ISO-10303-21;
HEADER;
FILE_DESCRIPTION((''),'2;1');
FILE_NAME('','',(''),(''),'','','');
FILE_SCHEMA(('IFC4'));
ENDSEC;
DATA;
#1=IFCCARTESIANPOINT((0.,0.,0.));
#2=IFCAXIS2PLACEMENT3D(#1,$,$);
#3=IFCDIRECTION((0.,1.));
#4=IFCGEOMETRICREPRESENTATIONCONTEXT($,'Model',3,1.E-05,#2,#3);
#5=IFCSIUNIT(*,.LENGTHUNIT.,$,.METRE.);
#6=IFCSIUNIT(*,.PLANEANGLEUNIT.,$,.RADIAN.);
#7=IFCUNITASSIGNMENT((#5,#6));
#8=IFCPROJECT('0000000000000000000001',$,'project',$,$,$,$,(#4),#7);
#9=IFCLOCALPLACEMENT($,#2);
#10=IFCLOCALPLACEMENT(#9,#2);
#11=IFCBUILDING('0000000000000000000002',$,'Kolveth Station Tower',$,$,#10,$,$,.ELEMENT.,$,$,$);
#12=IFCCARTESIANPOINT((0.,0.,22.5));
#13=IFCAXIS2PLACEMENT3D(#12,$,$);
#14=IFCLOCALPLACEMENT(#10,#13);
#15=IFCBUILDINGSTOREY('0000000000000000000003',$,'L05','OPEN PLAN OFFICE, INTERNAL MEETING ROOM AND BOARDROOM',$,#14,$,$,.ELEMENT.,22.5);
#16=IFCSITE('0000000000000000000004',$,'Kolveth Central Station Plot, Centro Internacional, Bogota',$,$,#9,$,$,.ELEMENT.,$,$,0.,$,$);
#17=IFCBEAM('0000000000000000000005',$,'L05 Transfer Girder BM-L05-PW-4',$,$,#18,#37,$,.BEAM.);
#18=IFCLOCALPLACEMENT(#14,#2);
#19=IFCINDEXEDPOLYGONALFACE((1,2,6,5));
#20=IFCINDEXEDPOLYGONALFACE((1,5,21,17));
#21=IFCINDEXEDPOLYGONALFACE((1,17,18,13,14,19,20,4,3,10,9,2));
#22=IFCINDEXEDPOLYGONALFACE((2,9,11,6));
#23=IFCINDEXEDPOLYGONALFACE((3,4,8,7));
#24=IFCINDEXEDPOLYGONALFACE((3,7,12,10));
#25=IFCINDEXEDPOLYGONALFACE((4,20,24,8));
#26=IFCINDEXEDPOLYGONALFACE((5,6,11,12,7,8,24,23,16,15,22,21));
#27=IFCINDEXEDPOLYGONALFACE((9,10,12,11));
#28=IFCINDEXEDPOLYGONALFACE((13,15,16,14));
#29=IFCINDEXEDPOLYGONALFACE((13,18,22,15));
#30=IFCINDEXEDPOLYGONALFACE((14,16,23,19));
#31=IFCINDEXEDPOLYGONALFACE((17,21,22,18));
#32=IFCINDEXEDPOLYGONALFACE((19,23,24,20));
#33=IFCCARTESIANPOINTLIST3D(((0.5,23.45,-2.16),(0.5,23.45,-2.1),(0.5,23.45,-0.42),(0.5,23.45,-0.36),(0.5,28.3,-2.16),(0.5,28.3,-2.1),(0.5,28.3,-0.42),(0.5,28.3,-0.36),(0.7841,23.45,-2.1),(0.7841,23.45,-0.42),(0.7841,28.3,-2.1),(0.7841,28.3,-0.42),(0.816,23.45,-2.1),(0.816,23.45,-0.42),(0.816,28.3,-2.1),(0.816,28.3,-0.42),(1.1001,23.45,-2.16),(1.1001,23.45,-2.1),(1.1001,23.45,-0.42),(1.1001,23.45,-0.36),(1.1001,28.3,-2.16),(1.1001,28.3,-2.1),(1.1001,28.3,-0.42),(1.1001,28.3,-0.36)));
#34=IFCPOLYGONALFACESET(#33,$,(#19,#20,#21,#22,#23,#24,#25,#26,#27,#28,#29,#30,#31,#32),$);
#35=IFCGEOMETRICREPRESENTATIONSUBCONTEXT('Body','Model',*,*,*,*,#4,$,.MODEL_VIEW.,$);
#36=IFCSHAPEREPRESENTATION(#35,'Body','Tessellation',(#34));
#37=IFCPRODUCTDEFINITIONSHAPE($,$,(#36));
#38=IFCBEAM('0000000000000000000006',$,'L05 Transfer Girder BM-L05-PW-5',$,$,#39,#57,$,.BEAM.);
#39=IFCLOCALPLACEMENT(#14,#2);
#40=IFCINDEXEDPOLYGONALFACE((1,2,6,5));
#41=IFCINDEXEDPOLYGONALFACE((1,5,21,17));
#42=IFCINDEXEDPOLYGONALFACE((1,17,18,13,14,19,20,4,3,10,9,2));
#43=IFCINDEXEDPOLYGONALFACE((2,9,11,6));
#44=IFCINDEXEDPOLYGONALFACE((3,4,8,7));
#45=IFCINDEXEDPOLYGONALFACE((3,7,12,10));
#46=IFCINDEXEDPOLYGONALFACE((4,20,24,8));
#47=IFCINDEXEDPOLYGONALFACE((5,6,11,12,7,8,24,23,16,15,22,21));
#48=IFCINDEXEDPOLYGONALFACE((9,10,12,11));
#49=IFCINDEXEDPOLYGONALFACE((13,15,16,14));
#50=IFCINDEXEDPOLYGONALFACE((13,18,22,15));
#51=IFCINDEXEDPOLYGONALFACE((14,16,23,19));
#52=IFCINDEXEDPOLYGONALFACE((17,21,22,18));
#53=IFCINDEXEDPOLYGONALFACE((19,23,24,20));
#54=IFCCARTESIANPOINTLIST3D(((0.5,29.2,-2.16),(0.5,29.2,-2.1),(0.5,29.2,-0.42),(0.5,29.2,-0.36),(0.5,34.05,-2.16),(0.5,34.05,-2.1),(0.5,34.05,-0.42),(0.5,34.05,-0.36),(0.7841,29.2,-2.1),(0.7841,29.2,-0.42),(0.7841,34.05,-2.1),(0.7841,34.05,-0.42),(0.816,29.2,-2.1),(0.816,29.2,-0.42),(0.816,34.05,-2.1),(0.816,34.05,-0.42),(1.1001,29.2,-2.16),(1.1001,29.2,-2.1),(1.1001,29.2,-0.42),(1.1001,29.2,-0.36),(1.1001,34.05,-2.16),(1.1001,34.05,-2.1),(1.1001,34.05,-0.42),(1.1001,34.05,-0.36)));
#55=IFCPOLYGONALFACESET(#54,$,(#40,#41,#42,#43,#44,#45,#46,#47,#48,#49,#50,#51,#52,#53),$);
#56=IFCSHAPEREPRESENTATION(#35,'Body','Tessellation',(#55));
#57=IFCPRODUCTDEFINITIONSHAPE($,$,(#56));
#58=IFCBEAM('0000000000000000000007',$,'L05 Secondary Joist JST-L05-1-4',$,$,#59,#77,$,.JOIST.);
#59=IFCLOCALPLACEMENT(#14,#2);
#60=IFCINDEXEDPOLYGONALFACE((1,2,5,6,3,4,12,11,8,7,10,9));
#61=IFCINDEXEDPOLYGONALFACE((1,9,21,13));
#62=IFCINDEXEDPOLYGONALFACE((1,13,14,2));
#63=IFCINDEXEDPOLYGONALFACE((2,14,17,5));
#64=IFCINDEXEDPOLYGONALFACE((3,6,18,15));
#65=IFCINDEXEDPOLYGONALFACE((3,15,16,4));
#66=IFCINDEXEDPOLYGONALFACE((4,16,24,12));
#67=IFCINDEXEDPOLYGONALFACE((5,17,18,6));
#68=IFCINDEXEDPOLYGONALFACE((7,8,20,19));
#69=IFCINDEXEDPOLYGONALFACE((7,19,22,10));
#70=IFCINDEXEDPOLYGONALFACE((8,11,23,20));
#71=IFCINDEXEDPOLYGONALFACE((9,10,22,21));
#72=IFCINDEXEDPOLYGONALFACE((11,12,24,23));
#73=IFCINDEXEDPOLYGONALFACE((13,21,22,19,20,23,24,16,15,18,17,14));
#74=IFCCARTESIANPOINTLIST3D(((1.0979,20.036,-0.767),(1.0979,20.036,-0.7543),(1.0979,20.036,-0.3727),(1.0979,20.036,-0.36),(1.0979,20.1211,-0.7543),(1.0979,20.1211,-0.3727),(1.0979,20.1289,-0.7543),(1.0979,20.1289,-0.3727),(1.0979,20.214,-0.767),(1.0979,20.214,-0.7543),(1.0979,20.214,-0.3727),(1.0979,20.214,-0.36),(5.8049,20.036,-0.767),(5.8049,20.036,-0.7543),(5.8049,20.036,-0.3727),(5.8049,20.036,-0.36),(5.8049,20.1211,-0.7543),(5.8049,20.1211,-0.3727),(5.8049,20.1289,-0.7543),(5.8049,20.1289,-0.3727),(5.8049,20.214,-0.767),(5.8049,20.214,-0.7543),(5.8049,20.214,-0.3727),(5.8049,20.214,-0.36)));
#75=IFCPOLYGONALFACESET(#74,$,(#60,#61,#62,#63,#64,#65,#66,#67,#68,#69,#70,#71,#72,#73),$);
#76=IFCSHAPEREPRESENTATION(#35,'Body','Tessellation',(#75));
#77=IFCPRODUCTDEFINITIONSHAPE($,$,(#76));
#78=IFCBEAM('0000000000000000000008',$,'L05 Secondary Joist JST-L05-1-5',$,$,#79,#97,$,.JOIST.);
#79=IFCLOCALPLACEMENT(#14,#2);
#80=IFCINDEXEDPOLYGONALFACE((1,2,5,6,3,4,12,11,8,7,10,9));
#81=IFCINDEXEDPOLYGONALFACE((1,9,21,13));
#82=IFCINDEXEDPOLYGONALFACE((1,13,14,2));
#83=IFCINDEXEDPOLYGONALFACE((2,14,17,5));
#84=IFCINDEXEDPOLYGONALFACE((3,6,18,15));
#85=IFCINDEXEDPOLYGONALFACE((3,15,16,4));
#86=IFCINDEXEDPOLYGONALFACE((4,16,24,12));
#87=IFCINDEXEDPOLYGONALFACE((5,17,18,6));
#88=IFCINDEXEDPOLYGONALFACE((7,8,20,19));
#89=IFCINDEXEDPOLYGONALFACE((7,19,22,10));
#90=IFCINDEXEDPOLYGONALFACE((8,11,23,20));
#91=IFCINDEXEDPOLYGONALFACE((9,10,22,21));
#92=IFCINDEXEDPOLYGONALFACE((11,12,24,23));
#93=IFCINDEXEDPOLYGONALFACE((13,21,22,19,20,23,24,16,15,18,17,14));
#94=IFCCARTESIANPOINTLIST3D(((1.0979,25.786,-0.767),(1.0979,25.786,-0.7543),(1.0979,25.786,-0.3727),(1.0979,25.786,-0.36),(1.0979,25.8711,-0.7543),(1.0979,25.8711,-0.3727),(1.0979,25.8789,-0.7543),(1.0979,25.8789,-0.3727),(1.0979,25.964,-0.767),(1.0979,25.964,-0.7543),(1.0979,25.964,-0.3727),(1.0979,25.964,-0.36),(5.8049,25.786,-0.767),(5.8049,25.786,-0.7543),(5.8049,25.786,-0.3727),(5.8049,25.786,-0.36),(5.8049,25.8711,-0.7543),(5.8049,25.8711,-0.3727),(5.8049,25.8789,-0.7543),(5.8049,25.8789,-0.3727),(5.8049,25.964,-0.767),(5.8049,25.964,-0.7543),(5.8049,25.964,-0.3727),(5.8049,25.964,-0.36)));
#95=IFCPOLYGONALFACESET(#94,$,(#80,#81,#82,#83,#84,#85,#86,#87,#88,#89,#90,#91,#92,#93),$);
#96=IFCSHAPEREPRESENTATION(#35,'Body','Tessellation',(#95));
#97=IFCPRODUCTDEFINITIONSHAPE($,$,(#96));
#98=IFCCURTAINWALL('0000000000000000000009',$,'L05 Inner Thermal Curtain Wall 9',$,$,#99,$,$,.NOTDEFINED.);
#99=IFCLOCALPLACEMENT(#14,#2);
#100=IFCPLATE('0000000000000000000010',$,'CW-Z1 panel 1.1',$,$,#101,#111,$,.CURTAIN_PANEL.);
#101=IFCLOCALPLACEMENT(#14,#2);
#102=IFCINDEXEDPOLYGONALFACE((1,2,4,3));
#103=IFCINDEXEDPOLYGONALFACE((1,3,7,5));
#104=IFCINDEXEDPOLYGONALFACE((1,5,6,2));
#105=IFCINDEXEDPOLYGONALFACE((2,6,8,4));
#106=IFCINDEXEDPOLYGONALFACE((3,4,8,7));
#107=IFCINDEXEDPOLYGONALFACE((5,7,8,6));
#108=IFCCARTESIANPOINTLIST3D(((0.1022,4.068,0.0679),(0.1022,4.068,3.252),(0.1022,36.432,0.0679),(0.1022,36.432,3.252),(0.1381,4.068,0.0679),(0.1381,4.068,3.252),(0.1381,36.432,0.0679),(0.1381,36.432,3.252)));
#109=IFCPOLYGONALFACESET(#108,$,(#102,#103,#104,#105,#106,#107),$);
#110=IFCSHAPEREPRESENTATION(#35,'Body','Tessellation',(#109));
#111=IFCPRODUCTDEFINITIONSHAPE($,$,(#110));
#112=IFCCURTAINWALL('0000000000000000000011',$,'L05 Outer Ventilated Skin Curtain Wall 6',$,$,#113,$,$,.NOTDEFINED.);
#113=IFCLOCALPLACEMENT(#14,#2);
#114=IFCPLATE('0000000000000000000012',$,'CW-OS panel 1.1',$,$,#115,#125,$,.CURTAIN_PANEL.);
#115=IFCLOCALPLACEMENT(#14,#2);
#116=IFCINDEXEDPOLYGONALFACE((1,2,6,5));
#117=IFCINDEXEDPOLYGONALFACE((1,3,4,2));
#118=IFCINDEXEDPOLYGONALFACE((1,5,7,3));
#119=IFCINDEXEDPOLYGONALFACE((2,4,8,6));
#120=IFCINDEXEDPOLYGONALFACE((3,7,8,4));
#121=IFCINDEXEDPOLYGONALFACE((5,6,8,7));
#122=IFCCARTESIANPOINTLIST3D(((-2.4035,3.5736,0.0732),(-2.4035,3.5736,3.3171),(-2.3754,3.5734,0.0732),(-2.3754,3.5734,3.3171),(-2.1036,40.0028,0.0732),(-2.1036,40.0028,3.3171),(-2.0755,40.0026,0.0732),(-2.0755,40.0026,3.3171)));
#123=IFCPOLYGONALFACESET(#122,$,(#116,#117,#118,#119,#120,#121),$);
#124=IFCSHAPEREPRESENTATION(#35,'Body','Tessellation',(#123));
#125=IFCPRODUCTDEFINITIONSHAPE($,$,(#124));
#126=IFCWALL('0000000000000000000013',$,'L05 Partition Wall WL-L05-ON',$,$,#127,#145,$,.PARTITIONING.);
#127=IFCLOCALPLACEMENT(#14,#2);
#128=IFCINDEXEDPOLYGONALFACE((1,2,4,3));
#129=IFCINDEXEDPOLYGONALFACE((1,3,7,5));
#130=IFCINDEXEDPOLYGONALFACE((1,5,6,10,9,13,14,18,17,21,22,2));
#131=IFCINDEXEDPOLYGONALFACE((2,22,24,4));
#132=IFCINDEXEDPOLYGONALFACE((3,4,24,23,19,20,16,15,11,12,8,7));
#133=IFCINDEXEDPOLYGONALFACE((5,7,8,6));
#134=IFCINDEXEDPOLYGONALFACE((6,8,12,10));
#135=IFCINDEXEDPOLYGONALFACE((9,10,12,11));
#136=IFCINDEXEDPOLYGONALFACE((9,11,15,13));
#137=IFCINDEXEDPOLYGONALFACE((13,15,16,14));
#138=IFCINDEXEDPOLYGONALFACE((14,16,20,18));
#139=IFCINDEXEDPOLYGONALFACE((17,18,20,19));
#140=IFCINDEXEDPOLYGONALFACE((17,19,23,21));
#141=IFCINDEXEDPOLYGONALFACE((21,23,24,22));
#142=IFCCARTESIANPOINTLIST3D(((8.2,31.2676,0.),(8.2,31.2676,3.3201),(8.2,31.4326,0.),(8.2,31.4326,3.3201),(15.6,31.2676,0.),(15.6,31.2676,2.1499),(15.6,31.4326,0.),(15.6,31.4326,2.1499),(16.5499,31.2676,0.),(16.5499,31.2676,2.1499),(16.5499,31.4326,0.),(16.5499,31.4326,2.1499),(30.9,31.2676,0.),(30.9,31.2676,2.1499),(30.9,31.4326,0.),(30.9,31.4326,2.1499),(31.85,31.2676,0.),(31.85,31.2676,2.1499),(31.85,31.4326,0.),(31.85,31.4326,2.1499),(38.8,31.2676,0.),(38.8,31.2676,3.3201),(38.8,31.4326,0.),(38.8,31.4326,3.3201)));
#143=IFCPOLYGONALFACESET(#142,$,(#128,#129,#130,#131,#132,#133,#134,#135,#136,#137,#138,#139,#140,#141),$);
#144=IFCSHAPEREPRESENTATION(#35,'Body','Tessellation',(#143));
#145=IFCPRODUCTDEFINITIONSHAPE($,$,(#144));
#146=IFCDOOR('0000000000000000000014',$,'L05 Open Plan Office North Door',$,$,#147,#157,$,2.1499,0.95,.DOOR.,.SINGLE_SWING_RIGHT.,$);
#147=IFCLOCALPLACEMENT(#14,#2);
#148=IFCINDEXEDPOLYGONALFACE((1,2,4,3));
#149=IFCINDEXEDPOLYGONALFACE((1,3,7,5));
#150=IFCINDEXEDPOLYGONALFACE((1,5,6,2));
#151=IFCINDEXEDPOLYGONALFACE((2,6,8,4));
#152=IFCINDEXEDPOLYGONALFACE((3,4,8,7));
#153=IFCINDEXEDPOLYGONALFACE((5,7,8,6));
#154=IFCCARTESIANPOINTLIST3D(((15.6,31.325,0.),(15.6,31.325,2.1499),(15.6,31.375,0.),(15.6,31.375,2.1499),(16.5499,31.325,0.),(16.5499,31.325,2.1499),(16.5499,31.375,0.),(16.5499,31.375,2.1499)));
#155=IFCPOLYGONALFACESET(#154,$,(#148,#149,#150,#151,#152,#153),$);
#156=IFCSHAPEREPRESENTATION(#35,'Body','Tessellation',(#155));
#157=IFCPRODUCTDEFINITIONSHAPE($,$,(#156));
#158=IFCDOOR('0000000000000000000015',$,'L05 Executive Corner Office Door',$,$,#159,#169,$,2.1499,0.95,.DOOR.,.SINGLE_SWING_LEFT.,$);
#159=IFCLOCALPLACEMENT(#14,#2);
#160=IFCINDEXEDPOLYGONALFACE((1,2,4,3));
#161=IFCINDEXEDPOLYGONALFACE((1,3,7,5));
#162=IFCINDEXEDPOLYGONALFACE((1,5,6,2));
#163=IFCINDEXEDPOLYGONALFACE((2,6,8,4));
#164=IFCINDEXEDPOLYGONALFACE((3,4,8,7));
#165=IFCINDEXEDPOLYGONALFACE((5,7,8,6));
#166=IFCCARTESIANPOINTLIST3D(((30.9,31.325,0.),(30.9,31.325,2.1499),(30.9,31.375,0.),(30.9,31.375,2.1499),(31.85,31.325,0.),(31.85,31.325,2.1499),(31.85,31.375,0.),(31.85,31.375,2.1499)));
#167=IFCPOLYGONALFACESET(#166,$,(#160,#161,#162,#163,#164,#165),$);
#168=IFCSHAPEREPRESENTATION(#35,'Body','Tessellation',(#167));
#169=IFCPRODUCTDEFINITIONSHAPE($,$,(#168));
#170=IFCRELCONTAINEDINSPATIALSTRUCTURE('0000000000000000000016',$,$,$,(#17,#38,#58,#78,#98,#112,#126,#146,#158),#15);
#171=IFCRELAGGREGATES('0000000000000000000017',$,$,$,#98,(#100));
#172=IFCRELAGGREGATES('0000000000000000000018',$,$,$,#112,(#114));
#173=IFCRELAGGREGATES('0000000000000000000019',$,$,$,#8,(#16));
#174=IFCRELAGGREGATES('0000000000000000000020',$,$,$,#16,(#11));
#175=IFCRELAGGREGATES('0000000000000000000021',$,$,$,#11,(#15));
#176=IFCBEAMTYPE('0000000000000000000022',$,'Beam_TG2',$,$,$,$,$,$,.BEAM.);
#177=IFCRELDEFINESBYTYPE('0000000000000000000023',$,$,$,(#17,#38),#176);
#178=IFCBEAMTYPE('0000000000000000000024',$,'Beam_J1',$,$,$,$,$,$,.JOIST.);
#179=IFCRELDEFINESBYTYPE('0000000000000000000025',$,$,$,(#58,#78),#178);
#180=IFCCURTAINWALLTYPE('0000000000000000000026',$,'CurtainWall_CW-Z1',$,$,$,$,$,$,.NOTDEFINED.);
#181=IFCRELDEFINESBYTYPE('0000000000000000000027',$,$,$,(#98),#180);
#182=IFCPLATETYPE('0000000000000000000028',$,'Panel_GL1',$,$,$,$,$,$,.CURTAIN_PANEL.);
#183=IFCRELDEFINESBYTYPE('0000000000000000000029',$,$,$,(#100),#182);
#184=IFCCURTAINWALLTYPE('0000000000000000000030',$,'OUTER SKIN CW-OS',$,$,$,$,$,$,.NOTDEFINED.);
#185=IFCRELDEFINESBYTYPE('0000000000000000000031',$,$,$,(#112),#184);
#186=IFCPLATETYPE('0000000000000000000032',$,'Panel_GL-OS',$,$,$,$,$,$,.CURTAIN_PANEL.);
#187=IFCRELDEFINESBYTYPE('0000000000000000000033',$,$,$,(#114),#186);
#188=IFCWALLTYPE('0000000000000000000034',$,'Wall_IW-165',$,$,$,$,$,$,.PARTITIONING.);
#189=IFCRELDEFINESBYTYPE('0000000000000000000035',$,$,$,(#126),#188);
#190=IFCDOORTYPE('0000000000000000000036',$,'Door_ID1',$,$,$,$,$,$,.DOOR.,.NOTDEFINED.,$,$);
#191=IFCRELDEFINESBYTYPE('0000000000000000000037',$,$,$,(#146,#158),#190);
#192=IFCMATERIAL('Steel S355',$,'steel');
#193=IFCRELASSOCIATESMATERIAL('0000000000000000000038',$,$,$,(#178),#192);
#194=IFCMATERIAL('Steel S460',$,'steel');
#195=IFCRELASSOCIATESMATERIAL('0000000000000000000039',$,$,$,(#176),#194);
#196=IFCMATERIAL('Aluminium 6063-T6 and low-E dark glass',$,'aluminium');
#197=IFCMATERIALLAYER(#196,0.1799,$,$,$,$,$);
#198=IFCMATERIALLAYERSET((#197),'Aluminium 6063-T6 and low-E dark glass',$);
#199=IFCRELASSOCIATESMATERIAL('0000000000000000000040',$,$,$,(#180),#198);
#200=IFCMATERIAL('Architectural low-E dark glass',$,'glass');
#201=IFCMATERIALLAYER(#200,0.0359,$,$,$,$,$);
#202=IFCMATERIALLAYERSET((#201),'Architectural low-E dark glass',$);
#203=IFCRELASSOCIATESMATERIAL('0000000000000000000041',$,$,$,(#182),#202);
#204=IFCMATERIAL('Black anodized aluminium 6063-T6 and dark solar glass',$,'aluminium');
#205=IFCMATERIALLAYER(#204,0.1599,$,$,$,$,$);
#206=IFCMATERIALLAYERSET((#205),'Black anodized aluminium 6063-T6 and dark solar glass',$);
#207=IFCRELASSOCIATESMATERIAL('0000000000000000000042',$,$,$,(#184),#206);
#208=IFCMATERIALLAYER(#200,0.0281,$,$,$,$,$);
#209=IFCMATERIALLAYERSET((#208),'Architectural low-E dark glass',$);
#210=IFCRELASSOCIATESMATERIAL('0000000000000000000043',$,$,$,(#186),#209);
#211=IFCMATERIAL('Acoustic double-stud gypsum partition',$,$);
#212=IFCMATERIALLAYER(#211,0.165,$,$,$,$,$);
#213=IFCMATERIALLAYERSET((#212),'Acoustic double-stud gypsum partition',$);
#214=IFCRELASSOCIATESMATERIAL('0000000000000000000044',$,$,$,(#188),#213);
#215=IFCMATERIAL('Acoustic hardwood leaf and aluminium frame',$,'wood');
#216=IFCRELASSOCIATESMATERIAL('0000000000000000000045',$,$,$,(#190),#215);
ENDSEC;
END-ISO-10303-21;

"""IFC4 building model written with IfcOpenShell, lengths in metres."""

from ifc_helpers import new_model, si_unit, direction, frame, frame_2d, origin, origin_2d, place, context, subcontext, project, spatial, rectangle, i_section, extrude, source, transform, mapped, material, layer, layer_set, material_profile, profile_set, type_object, element, fill, aggregate, save


model = new_model("IFC4")

# Units and contexts
model_context = context("Model", 3, precision=1e-05, world=origin(), true_north=direction((0.0, 1.0)))
body_context = subcontext(model_context, "Body", "Model", "MODEL_VIEW")
ifc_project = project(units=[si_unit("LENGTHUNIT", "METRE"), si_unit("PLANEANGLEUNIT", "RADIAN")], contexts=[model_context])

# Site, building, storey
site_placement = place(None, origin())
site = spatial("IfcSite", under=ifc_project, at=site_placement, Name="Kolveth Central Station Plot, Centro Internacional, Bogota", CompositionType="ELEMENT", RefElevation=0.0)
building_placement = place(site_placement, origin())
building = spatial("IfcBuilding", under=site, at=building_placement, Name="Kolveth Station Tower", CompositionType="ELEMENT")
storey_placement = place(building_placement, frame((0.0, 0.0, 22.5)))
storey = spatial("IfcBuildingStorey", under=building, at=storey_placement, Name="L05", Description="OPEN PLAN OFFICE, INTERNAL MEETING ROOM AND BOARDROOM", CompositionType="ELEMENT", Elevation=22.5)

# Shared definitions
ifc_material_1 = material(Name="Steel S460", Category="steel")
ifc_material_2 = material(Name="Steel S355", Category="steel")

# Beams
ifc_material_profile_1 = material_profile(ifc_material_2, i_section(OverallWidth=0.178, OverallDepth=0.407, WebThickness=0.0078, FlangeThickness=0.0127, at=origin_2d()), Name="W410x60")
ifc_profile_set_1 = profile_set([ifc_material_profile_1], Name="Steel S355")
beam_type_1 = type_object("IfcBeamType", Name="Beam_J1", PredefinedType="JOIST", material=ifc_profile_set_1)
ifc_material_profile_2 = material_profile(ifc_material_1, i_section(OverallWidth=0.6001, OverallDepth=1.8, WebThickness=0.032, FlangeThickness=0.0601, at=origin_2d()), Name="PG1800x600x60")
ifc_profile_set_2 = profile_set([ifc_material_profile_2], Name="Steel S460")
beam_type_2 = type_object("IfcBeamType", Name="Beam_TG2", PredefinedType="BEAM", material=ifc_profile_set_2)
shared_shape_1 = source(origin(), body_context, "Body", "SweptSolid", [
    extrude(i_section(OverallWidth=0.6001, OverallDepth=1.8, WebThickness=0.032, FlangeThickness=0.0601, at=origin_2d()), origin(), (0.0, 0.0, 1.0), 4.8501),
])
for number, where, z_axis, x_axis, name in (
    (1, (0.8, 23.45, -1.26), (0.0, 1.0, 0.0), (-1.0, 0.0, 0.0), "L05 Transfer Girder BM-L05-PW-4"),
    (2, (0.8, 29.2, -1.26), (0.0, 1.0, 0.0), (-1.0, 0.0, 0.0), "L05 Transfer Girder BM-L05-PW-5"),
):
    element("IfcBeam", number, at=place(storey_placement, frame(where, z_axis=z_axis, x_axis=x_axis)), inside=storey, type_object=beam_type_2, Name=name, PredefinedType="BEAM", context=body_context, shape_type="MappedRepresentation", body=[
        mapped(shared_shape_1, transform((0.0, 0.0, 0.0), x_axis=(1.0, 0.0, 0.0), y_axis=(0.0, 1.0, 0.0), z_axis=(0.0, 0.0, 1.0), scale=1.0)),
    ])
shared_shape_2 = source(origin(), body_context, "Body", "SweptSolid", [
    extrude(i_section(OverallWidth=0.178, OverallDepth=0.407, WebThickness=0.0078, FlangeThickness=0.0127, at=origin_2d()), origin(), (0.0, 0.0, 1.0), 4.707),
])
for number, where, z_axis, x_axis, name in (
    (3, (1.0979, 20.125, -0.5635), (1.0, 0.0, 0.0), (0.0, 1.0, 0.0), "L05 Secondary Joist JST-L05-1-4"),
    (4, (1.0979, 25.875, -0.5635), (1.0, 0.0, 0.0), (0.0, 1.0, 0.0), "L05 Secondary Joist JST-L05-1-5"),
):
    element("IfcBeam", number, at=place(storey_placement, frame(where, z_axis=z_axis, x_axis=x_axis)), inside=storey, type_object=beam_type_1, Name=name, PredefinedType="JOIST", context=body_context, shape_type="MappedRepresentation", body=[
        mapped(shared_shape_2, transform((0.0, 0.0, 0.0), x_axis=(1.0, 0.0, 0.0), y_axis=(0.0, 1.0, 0.0), z_axis=(0.0, 0.0, 1.0), scale=1.0)),
    ])

# Curtain walls, plates
ifc_material_3 = material(Name="Aluminium 6063-T6 and low-E dark glass", Category="aluminium")
ifc_layer_1 = layer(ifc_material_3, 0.1799)
ifc_layer_set_1 = layer_set([ifc_layer_1], Name="Aluminium 6063-T6 and low-E dark glass")
curtain_wall_type_1 = type_object("IfcCurtainWallType", Name="CurtainWall_CW-Z1", PredefinedType="NOTDEFINED", material=ifc_layer_set_1)
curtain_wall_1_placement = place(storey_placement, origin())
curtain_wall_1 = element("IfcCurtainWall", 5, at=curtain_wall_1_placement, inside=storey, type_object=curtain_wall_type_1, Name="L05 Inner Thermal Curtain Wall 9", PredefinedType="NOTDEFINED")
ifc_material_4 = material(Name="Architectural low-E dark glass", Category="glass")
ifc_layer_2 = layer(ifc_material_4, 0.0359)
ifc_layer_set_2 = layer_set([ifc_layer_2], Name="Architectural low-E dark glass")
plate_type_1 = type_object("IfcPlateType", Name="Panel_GL1", PredefinedType="CURTAIN_PANEL", material=ifc_layer_set_2)
shared_shape_3 = source(origin(), body_context, "Body", "SweptSolid", [
    extrude(rectangle(XDim=32.364, YDim=0.0359, at=origin_2d()), origin(), (0.0, 0.0, 1.0), 3.1841),
])
plate_1_placement = place(storey_placement, frame((0.1201, 20.25, 0.0679), z_axis=(0.0, 0.0, 1.0), x_axis=(0.0, -1.0, 0.0)))
plate_1 = element("IfcPlate", 6, at=plate_1_placement, type_object=plate_type_1, Name="CW-Z1 panel 1.1", PredefinedType="CURTAIN_PANEL", context=body_context, shape_type="MappedRepresentation", body=[
    mapped(shared_shape_3, transform((0.0, 0.0, 0.0), x_axis=(1.0, 0.0, 0.0), y_axis=(0.0, 1.0, 0.0), z_axis=(0.0, 0.0, 1.0), scale=1.0)),
])
aggregate(curtain_wall_1, [plate_1])
ifc_material_5 = material(Name="Black anodized aluminium 6063-T6 and dark solar glass", Category="aluminium")
ifc_layer_3 = layer(ifc_material_5, 0.1599)
ifc_layer_set_3 = layer_set([ifc_layer_3], Name="Black anodized aluminium 6063-T6 and dark solar glass")
curtain_wall_type_2 = type_object("IfcCurtainWallType", Name="OUTER SKIN CW-OS", PredefinedType="NOTDEFINED", material=ifc_layer_set_3)
curtain_wall_2_placement = place(storey_placement, origin())
curtain_wall_2 = element("IfcCurtainWall", 7, at=curtain_wall_2_placement, inside=storey, type_object=curtain_wall_type_2, Name="L05 Outer Ventilated Skin Curtain Wall 6", PredefinedType="NOTDEFINED")
ifc_layer_4 = layer(ifc_material_4, 0.0281)
ifc_layer_set_4 = layer_set([ifc_layer_4], Name="Architectural low-E dark glass")
plate_type_2 = type_object("IfcPlateType", Name="Panel_GL-OS", PredefinedType="CURTAIN_PANEL", material=ifc_layer_set_4)
shared_shape_4 = source(origin(), body_context, "Body", "SweptSolid", [
    extrude(rectangle(XDim=36.4304, YDim=0.0281, at=origin_2d()), origin(), (0.0, 0.0, 1.0), 3.2439),
])
plate_2_placement = place(storey_placement, frame((-2.2395, 21.7881, 0.0732), z_axis=(0.0, 0.0, 1.0), x_axis=(-0.008233, -0.999966, 0.0)))
plate_2 = element("IfcPlate", 8, at=plate_2_placement, type_object=plate_type_2, Name="CW-OS panel 1.1", PredefinedType="CURTAIN_PANEL", context=body_context, shape_type="MappedRepresentation", body=[
    mapped(shared_shape_4, transform((0.0, 0.0, 0.0), x_axis=(1.0, 0.0, 0.0), y_axis=(0.0, 1.0, 0.0), z_axis=(0.0, 0.0, 1.0), scale=1.0)),
])
aggregate(curtain_wall_2, [plate_2])

# Wall, openings, doors
ifc_material_6 = material(Name="Acoustic double-stud gypsum partition")
ifc_layer_5 = layer(ifc_material_6, 0.165)
ifc_layer_set_5 = layer_set([ifc_layer_5], Name="Acoustic double-stud gypsum partition")
wall_type = type_object("IfcWallType", Name="Wall_IW-165", PredefinedType="PARTITIONING", material=ifc_layer_set_5)
wall_1_placement = place(storey_placement, frame((8.2, 31.3501, 0.0), z_axis=(0.0, 0.0, 1.0), x_axis=(1.0, 0.0, 0.0)))
wall_1 = element("IfcWall", 9, at=wall_1_placement, inside=storey, type_object=wall_type, Name="L05 Partition Wall WL-L05-ON", PredefinedType="PARTITIONING", context=body_context, shape_type="SweptSolid", body=[
    extrude(rectangle(XDim=30.6001, YDim=0.165, at=frame_2d((15.3, 0.0))), origin(), (0.0, 0.0, 1.0), 3.3201),
])
opening_1_placement = place(wall_1_placement, frame((7.3999, 0.0, 0.0)))
opening_1 = element("IfcOpeningElement", 10, at=opening_1_placement, cuts=wall_1, PredefinedType="OPENING", context=body_context, shape_type="SweptSolid", body=[
    extrude(rectangle(XDim=0.95, YDim=2.1499, at=frame_2d((0.4751, 1.075))), frame((0.0, 0.0925, 0.0), z_axis=(0.0, -1.0, 0.0), x_axis=(1.0, 0.0, 0.0)), (0.0, 0.0, 1.0), 0.1851),
])
opening_2_placement = place(wall_1_placement, frame((22.7, 0.0, 0.0)))
opening_2 = element("IfcOpeningElement", 11, at=opening_2_placement, cuts=wall_1, PredefinedType="OPENING", context=body_context, shape_type="SweptSolid", body=[
    extrude(rectangle(XDim=0.95, YDim=2.1499, at=frame_2d((0.4751, 1.075))), frame((0.0, 0.0925, 0.0), z_axis=(0.0, -1.0, 0.0), x_axis=(1.0, 0.0, 0.0)), (0.0, 0.0, 1.0), 0.1851),
])
ifc_material_7 = material(Name="Acoustic hardwood leaf and aluminium frame", Category="wood")
door_type = type_object("IfcDoorType", Name="Door_ID1", OperationType="NOTDEFINED", PredefinedType="DOOR", material=ifc_material_7)
door_1_placement = place(opening_1_placement, origin())
door_1 = element("IfcDoor", 12, at=door_1_placement, inside=storey, type_object=door_type, Name="L05 Open Plan Office North Door", OperationType="SINGLE_SWING_RIGHT", OverallHeight=2.1499, OverallWidth=0.95, PredefinedType="DOOR", context=body_context, shape_type="SweptSolid", body=[
    extrude(rectangle(XDim=0.95, YDim=2.1499, at=frame_2d((0.4751, 1.075))), frame((0.0, 0.0249, 0.0), z_axis=(0.0, -1.0, 0.0), x_axis=(1.0, 0.0, 0.0)), (0.0, 0.0, 1.0), 0.05),
])
fill(opening_1, door_1)
door_2_placement = place(opening_2_placement, origin())
door_2 = element("IfcDoor", 13, at=door_2_placement, inside=storey, type_object=door_type, Name="L05 Executive Corner Office Door", OperationType="SINGLE_SWING_LEFT", OverallHeight=2.1499, OverallWidth=0.95, PredefinedType="DOOR", context=body_context, shape_type="SweptSolid", body=[
    extrude(rectangle(XDim=0.95, YDim=2.1499, at=frame_2d((0.4751, 1.075))), frame((0.0, 0.0249, 0.0), z_axis=(0.0, -1.0, 0.0), x_axis=(1.0, 0.0, 0.0)), (0.0, 0.0, 1.0), 0.05),
])
fill(opening_2, door_2)

save(model, "model.ifc")
